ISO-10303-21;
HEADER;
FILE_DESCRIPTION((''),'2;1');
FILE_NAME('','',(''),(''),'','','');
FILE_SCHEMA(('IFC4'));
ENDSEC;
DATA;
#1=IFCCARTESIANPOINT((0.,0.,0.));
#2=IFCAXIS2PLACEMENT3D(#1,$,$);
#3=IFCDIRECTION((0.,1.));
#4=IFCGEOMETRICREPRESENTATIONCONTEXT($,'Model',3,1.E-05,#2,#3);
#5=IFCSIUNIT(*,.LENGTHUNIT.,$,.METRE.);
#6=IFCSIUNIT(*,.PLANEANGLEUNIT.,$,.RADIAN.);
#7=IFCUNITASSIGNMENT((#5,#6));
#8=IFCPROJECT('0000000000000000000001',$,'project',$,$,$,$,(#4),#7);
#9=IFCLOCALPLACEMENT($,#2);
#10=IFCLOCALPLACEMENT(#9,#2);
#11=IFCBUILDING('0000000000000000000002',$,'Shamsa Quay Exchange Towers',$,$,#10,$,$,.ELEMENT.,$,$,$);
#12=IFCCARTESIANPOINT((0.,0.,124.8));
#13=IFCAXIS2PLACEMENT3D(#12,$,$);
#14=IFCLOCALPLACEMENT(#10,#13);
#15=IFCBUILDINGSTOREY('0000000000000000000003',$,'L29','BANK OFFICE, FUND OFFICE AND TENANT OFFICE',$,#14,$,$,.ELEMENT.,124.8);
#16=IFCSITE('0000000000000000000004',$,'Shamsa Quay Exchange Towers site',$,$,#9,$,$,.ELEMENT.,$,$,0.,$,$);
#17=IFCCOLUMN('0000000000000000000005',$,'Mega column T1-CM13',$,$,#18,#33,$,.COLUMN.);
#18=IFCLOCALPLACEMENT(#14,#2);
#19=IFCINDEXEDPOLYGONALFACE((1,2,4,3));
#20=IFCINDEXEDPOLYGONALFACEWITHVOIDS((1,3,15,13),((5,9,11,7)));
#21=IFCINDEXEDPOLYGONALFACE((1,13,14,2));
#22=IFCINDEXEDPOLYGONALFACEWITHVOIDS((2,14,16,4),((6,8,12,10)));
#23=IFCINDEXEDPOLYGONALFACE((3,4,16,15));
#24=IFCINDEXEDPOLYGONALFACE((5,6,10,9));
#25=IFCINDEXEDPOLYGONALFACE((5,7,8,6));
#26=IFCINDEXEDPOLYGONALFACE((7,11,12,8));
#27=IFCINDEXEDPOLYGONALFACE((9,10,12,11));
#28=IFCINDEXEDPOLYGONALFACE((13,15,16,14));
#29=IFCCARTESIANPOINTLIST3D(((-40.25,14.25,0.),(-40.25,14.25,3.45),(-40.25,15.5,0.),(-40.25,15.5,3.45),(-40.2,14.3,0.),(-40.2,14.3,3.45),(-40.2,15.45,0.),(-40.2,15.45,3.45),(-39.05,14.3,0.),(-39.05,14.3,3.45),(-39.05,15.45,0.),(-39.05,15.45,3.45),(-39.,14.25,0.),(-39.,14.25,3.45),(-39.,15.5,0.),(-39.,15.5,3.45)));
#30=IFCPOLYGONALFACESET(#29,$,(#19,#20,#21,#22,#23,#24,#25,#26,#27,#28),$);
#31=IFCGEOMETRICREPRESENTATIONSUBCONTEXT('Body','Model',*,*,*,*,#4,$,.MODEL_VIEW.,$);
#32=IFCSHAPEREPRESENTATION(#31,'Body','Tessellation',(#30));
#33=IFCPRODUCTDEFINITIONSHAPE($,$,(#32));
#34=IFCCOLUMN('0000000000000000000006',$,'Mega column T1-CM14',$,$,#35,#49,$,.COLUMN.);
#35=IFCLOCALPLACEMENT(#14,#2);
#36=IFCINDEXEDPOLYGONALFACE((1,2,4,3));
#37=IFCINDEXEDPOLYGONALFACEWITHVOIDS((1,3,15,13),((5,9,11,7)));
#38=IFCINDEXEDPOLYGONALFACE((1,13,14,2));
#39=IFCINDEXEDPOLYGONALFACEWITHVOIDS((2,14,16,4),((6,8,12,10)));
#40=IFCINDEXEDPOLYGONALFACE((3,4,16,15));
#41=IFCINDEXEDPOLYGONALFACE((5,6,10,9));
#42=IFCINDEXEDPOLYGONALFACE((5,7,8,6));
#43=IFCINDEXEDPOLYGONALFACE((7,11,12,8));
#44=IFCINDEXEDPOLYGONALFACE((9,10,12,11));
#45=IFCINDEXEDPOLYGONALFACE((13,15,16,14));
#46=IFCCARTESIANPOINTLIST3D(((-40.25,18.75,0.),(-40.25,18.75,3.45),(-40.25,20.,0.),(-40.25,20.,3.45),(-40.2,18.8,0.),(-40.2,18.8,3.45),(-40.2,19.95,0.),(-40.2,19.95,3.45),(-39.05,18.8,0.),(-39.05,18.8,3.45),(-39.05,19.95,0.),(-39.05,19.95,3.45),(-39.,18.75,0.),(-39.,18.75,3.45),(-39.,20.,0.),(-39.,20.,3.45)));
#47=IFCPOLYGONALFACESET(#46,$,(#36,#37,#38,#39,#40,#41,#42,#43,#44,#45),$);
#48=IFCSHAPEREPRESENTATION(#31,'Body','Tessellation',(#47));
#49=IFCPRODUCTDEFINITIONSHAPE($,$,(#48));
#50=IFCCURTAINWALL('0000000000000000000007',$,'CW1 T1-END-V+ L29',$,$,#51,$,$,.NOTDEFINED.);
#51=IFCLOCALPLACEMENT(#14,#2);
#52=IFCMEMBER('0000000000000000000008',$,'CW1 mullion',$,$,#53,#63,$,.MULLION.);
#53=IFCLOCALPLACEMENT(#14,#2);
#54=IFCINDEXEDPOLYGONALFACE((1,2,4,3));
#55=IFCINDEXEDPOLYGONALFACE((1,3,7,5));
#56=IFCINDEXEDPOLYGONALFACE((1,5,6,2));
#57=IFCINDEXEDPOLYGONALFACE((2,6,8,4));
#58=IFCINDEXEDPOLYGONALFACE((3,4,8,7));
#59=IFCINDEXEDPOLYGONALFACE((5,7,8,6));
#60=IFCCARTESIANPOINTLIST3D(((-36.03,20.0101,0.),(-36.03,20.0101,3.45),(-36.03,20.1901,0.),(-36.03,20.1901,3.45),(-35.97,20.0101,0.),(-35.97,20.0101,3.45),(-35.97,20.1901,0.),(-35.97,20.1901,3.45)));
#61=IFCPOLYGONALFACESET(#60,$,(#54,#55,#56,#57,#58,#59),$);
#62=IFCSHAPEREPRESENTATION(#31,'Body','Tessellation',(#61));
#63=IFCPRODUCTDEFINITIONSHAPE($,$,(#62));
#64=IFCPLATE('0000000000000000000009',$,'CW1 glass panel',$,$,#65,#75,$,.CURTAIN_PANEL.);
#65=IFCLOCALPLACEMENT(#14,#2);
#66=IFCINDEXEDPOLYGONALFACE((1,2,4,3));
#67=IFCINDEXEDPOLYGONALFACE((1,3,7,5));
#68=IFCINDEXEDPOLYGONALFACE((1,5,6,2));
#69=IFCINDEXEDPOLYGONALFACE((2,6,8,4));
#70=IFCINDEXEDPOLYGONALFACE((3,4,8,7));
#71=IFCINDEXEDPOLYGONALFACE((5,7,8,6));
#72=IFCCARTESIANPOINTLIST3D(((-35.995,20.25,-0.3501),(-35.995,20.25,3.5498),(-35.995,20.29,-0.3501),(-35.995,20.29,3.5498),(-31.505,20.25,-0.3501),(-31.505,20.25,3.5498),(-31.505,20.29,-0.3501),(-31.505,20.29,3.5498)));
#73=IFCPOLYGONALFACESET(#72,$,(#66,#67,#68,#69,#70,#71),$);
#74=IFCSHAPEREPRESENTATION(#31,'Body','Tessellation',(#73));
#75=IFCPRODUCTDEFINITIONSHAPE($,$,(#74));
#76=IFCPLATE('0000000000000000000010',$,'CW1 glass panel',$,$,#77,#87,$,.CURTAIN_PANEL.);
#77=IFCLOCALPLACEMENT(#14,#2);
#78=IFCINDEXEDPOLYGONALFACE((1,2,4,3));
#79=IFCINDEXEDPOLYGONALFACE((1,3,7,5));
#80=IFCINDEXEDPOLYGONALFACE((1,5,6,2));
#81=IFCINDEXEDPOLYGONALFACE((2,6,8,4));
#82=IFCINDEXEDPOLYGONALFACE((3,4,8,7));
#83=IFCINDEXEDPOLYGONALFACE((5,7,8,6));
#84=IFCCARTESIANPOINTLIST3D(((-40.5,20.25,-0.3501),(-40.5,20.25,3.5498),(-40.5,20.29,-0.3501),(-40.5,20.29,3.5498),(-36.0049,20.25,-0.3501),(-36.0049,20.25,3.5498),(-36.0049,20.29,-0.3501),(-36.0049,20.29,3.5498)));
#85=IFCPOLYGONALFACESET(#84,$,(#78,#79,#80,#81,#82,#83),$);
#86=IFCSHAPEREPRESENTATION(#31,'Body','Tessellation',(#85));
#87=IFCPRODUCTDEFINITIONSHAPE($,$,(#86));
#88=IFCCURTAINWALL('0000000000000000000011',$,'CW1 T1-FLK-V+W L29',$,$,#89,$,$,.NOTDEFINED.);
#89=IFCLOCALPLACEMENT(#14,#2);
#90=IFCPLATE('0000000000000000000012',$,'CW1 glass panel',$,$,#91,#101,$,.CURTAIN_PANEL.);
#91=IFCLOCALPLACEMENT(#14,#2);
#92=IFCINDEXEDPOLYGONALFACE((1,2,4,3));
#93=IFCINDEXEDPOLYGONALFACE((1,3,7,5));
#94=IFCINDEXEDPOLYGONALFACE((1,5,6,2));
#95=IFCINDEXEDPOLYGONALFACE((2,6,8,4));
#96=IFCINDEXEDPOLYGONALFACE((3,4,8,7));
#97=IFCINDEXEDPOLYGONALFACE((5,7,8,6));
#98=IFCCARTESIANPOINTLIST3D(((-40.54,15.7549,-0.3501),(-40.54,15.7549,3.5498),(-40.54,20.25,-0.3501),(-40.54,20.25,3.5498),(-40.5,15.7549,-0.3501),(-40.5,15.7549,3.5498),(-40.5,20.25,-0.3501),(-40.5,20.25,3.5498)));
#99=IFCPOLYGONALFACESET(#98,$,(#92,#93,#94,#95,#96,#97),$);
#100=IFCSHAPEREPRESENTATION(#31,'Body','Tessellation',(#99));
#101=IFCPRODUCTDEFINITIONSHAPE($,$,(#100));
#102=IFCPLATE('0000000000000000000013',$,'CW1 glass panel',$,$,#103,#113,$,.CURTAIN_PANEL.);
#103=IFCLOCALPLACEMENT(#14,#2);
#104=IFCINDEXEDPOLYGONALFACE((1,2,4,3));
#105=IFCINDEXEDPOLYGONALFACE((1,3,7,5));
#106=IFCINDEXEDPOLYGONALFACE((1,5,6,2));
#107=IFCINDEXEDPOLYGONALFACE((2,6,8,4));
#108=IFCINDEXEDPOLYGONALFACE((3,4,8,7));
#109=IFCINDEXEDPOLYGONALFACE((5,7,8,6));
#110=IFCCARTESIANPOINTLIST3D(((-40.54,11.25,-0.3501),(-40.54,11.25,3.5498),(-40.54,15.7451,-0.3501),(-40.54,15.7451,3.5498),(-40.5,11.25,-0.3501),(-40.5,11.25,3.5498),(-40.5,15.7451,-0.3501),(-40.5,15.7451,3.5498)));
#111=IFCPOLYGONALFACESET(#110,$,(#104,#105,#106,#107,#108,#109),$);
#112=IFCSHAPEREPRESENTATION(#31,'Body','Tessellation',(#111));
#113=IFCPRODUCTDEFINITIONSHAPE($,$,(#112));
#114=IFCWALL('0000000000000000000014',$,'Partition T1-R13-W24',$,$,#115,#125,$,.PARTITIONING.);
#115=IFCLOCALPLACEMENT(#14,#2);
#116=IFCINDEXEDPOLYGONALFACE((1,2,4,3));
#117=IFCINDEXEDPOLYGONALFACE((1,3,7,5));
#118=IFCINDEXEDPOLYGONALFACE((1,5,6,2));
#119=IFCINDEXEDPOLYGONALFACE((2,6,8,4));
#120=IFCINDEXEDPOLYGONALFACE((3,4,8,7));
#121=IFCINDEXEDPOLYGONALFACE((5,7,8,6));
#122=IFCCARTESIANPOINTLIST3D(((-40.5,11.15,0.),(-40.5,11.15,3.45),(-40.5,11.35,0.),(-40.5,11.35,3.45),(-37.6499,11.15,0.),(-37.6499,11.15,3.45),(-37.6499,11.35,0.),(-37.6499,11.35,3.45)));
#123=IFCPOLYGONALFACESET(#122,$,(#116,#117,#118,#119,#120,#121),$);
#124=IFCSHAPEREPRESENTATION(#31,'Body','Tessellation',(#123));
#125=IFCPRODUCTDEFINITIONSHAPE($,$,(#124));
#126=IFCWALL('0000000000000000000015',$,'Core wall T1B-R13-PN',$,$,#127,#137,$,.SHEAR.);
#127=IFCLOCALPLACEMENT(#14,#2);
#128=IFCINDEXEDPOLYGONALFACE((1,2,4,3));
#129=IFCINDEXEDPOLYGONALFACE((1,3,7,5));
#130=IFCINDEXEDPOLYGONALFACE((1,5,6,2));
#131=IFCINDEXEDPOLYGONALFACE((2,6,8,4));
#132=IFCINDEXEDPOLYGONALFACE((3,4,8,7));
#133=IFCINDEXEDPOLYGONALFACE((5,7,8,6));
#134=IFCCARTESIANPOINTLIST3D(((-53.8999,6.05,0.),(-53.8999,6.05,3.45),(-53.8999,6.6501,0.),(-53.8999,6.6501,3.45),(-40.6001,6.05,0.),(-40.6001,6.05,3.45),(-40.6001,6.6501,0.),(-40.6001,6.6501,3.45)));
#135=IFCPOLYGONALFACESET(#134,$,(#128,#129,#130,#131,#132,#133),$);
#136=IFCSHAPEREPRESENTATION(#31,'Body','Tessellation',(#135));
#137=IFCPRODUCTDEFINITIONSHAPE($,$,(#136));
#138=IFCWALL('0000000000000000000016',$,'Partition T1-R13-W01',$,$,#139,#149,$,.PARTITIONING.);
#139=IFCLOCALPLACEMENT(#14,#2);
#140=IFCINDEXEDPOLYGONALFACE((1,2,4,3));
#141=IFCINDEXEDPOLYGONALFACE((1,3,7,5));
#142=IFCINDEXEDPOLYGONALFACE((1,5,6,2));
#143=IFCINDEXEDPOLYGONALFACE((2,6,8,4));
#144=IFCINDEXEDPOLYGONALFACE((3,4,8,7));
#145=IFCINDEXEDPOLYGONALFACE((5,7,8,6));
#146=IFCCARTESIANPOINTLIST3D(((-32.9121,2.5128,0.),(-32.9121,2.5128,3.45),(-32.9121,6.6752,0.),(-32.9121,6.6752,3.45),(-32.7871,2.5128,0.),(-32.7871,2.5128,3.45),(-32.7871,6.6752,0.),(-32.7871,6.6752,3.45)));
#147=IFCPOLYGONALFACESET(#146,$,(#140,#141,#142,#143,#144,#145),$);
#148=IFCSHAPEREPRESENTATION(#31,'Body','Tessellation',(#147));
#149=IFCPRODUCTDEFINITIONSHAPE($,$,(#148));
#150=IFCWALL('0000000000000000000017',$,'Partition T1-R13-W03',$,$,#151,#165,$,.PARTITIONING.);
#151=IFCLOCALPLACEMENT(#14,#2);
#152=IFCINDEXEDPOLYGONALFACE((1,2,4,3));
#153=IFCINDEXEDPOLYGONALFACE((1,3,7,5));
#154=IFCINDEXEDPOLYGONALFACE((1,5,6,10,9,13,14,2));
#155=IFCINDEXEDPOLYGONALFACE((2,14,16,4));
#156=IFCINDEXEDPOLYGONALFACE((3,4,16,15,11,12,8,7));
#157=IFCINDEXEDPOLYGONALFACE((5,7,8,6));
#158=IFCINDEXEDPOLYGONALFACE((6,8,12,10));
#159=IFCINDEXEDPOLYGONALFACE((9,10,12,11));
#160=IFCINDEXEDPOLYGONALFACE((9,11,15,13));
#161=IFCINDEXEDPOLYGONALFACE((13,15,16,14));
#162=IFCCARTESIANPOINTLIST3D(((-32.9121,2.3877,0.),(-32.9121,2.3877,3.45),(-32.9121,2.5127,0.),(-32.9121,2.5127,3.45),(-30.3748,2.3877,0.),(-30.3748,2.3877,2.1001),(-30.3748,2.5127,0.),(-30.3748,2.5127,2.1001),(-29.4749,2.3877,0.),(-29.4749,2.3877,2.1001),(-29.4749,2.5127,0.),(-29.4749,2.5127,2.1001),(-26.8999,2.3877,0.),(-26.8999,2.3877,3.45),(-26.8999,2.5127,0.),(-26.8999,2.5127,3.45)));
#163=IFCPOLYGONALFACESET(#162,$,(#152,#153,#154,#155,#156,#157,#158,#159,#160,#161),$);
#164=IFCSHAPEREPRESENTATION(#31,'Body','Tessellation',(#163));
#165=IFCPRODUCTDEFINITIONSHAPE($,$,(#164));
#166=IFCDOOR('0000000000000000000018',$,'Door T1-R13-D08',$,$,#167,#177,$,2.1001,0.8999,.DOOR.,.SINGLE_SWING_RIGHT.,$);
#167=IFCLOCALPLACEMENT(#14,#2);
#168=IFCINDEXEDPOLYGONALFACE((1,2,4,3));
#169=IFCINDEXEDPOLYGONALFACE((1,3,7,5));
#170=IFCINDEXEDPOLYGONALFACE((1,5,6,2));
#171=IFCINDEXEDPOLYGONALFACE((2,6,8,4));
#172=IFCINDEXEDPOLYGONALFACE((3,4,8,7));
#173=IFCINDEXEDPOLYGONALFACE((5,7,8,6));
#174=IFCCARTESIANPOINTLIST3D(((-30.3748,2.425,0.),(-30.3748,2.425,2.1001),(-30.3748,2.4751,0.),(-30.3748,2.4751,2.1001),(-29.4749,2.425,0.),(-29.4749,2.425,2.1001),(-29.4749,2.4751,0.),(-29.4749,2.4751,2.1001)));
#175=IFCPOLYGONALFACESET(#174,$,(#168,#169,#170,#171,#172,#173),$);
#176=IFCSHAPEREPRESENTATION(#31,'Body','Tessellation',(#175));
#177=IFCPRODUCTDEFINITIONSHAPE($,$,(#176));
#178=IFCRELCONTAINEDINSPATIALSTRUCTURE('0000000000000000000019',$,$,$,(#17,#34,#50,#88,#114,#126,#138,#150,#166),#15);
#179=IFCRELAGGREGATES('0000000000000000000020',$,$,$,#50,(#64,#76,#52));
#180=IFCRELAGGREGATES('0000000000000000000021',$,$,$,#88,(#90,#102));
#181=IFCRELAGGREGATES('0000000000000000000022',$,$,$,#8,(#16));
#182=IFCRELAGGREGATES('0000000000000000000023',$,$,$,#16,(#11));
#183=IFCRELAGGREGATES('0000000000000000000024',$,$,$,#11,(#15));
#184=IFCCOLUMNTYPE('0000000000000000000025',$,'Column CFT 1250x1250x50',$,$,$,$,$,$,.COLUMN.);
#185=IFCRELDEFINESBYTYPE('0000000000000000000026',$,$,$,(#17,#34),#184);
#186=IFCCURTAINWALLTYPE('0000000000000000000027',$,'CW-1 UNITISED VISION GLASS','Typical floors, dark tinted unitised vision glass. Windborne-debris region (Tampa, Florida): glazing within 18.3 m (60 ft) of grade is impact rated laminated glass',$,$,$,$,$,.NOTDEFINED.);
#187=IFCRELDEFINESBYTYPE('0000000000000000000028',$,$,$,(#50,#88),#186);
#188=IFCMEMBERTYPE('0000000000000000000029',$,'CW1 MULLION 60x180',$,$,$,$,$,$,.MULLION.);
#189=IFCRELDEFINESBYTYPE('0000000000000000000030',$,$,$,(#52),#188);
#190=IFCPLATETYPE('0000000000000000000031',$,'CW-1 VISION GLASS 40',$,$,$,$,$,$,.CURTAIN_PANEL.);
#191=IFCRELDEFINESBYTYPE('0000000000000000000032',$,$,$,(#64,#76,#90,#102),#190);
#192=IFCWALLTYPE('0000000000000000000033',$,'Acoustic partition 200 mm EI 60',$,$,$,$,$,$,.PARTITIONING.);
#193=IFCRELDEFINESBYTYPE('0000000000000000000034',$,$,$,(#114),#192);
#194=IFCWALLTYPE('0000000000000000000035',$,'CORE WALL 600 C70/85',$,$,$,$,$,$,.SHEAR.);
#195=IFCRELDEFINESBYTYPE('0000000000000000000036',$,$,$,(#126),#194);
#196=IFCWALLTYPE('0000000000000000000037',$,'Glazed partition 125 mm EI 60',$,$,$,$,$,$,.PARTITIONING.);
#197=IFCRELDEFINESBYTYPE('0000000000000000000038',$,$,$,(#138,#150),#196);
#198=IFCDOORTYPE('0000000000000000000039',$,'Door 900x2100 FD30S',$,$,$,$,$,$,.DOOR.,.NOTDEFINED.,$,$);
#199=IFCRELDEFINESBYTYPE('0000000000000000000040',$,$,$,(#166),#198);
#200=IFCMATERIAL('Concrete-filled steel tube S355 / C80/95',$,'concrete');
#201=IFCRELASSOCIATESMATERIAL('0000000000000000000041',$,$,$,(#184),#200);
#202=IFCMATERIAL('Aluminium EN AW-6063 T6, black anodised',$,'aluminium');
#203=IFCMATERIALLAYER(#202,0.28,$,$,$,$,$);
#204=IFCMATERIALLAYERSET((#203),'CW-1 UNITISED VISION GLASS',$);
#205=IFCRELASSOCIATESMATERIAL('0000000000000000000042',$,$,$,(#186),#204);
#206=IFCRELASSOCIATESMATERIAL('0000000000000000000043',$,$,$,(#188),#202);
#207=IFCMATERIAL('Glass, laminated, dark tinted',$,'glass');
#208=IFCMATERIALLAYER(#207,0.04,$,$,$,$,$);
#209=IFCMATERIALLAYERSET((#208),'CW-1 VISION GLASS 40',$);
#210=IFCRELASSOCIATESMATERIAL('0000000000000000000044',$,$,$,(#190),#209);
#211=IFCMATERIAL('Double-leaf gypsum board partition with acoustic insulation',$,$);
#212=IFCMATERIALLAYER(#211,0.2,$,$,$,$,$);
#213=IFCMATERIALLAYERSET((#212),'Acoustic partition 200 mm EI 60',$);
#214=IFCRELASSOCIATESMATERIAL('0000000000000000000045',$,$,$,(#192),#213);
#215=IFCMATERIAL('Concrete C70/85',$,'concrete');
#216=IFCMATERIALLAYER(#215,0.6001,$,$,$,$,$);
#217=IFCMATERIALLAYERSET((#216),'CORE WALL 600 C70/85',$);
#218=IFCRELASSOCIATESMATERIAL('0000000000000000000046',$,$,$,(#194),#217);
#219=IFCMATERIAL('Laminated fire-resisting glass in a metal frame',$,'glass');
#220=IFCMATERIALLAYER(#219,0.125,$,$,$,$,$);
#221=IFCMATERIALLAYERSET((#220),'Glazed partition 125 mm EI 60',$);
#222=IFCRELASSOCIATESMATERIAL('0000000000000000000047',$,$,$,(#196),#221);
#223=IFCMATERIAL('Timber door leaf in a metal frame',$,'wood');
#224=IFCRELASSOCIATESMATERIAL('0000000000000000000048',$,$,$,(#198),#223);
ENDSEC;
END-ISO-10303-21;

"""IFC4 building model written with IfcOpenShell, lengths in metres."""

from ifc_helpers import new_model, si_unit, direction, frame, frame_2d, origin, origin_2d, place, context, subcontext, project, spatial, rectangle, hollow_rectangle, extrude, material, layer, layer_set, material_profile, profile_set, type_object, element, fill, aggregate, save


model = new_model("IFC4")

# Units and contexts
model_context = context("Model", 3, precision=1e-05, world=origin(), true_north=direction((0.0, 1.0)))
body_context = subcontext(model_context, "Body", "Model", "MODEL_VIEW")
ifc_project = project(units=[si_unit("LENGTHUNIT", "METRE"), si_unit("PLANEANGLEUNIT", "RADIAN")], contexts=[model_context])

# Site, building, storey
site_placement = place(None, origin())
site = spatial("IfcSite", under=ifc_project, at=site_placement, Name="Shamsa Quay Exchange Towers site", CompositionType="ELEMENT", RefElevation=0.0)
building_placement = place(site_placement, origin())
building = spatial("IfcBuilding", under=site, at=building_placement, Name="Shamsa Quay Exchange Towers", CompositionType="ELEMENT")
storey_placement = place(building_placement, frame((0.0, 0.0, 124.8)))
storey = spatial("IfcBuildingStorey", under=building, at=storey_placement, Name="L29", Description="BANK OFFICE, FUND OFFICE AND TENANT OFFICE", CompositionType="ELEMENT", Elevation=124.8)

# Columns
ifc_material_1 = material(Name="Concrete-filled steel tube S355 / C80/95", Category="concrete")
ifc_material_profile_1 = material_profile(ifc_material_1, hollow_rectangle(XDim=1.25, YDim=1.25, WallThickness=0.05, at=origin_2d()), Name="CFT 1250x1250x50")
ifc_profile_set_1 = profile_set([ifc_material_profile_1], Name="Concrete-filled steel tube S355 / C80/95")
column_type = type_object("IfcColumnType", Name="Column CFT 1250x1250x50", PredefinedType="COLUMN", material=ifc_profile_set_1)
for number, where, name in (
    (1, (-39.625, 14.875, 0.0), "Mega column T1-CM13"),
    (2, (-39.625, 19.375, 0.0), "Mega column T1-CM14"),
):
    element("IfcColumn", number, at=place(storey_placement, frame(where)), inside=storey, type_object=column_type, Name=name, PredefinedType="COLUMN", context=body_context, shape_type="SweptSolid", body=[
        extrude(hollow_rectangle(XDim=1.25, YDim=1.25, WallThickness=0.05, at=origin_2d()), origin(), (0.0, 0.0, 1.0), 3.45),
    ])

# Curtain wall, member, plates
ifc_material_2 = material(Name="Aluminium EN AW-6063 T6, black anodised", Category="aluminium")
ifc_layer_1 = layer(ifc_material_2, 0.28)
ifc_layer_set_1 = layer_set([ifc_layer_1], Name="CW-1 UNITISED VISION GLASS")
curtain_wall_type = type_object("IfcCurtainWallType", Name="CW-1 UNITISED VISION GLASS", Description="Typical floors, dark tinted unitised vision glass. Windborne-debris region (Tampa, Florida): glazing within 18.3 m (60 ft) of grade is impact rated laminated glass", PredefinedType="NOTDEFINED", material=ifc_layer_set_1)
curtain_wall_1_placement = place(storey_placement, origin())
curtain_wall_1 = element("IfcCurtainWall", 3, at=curtain_wall_1_placement, inside=storey, type_object=curtain_wall_type, Name="CW1 T1-END-V+ L29", PredefinedType="NOTDEFINED")
ifc_material_profile_2 = material_profile(ifc_material_2, rectangle(XDim=0.1799, YDim=0.0601, at=origin_2d()), Name="MU60x180")
ifc_profile_set_2 = profile_set([ifc_material_profile_2], Name="Aluminium EN AW-6063 T6, black anodised")
member_type = type_object("IfcMemberType", Name="CW1 MULLION 60x180", PredefinedType="MULLION", material=ifc_profile_set_2)
member_placement = place(storey_placement, frame((-36.0, 20.1001, 0.0), z_axis=(0.0, 0.0, 1.0), x_axis=(0.0, -1.0, 0.0)))
member = element("IfcMember", 4, at=member_placement, type_object=member_type, Name="CW1 mullion", PredefinedType="MULLION", context=body_context, shape_type="SweptSolid", body=[
    extrude(rectangle(XDim=0.1799, YDim=0.0601, at=origin_2d()), origin(), (0.0, 0.0, 1.0), 3.45),
])
ifc_material_3 = material(Name="Glass, laminated, dark tinted", Category="glass")
ifc_layer_2 = layer(ifc_material_3, 0.04)
ifc_layer_set_2 = layer_set([ifc_layer_2], Name="CW-1 VISION GLASS 40")
plate_type = type_object("IfcPlateType", Name="CW-1 VISION GLASS 40", PredefinedType="CURTAIN_PANEL", material=ifc_layer_set_2)
plate_1_placement = place(storey_placement, frame((-33.75, 20.27, -0.3501), z_axis=(0.0, 0.0, 1.0), x_axis=(-1.0, 0.0, 0.0)))
plate_1 = element("IfcPlate", 5, at=plate_1_placement, type_object=plate_type, Name="CW1 glass panel", PredefinedType="CURTAIN_PANEL", context=body_context, shape_type="SweptSolid", body=[
    extrude(rectangle(XDim=4.49, YDim=0.04, at=origin_2d()), origin(), (0.0, 0.0, 1.0), 3.8999),
])
plate_2_placement = place(storey_placement, frame((-38.2524, 20.27, -0.3501), z_axis=(0.0, 0.0, 1.0), x_axis=(-1.0, 0.0, 0.0)))
plate_2 = element("IfcPlate", 6, at=plate_2_placement, type_object=plate_type, Name="CW1 glass panel", PredefinedType="CURTAIN_PANEL", context=body_context, shape_type="SweptSolid", body=[
    extrude(rectangle(XDim=4.4951, YDim=0.04, at=origin_2d()), origin(), (0.0, 0.0, 1.0), 3.8999),
])
aggregate(curtain_wall_1, [plate_1, plate_2, member])

# Curtain wall, plates
curtain_wall_2_placement = place(storey_placement, origin())
curtain_wall_2 = element("IfcCurtainWall", 7, at=curtain_wall_2_placement, inside=storey, type_object=curtain_wall_type, Name="CW1 T1-FLK-V+W L29", PredefinedType="NOTDEFINED")
plate_3_placement = place(storey_placement, frame((-40.52, 18.0024, -0.3501), z_axis=(0.0, 0.0, 1.0), x_axis=(0.0, -1.0, 0.0)))
plate_3 = element("IfcPlate", 8, at=plate_3_placement, type_object=plate_type, Name="CW1 glass panel", PredefinedType="CURTAIN_PANEL", context=body_context, shape_type="SweptSolid", body=[
    extrude(rectangle(XDim=4.4951, YDim=0.04, at=origin_2d()), origin(), (0.0, 0.0, 1.0), 3.8999),
])
plate_4_placement = place(storey_placement, frame((-40.52, 13.4976, -0.3501), z_axis=(0.0, 0.0, 1.0), x_axis=(0.0, -1.0, 0.0)))
plate_4 = element("IfcPlate", 9, at=plate_4_placement, type_object=plate_type, Name="CW1 glass panel", PredefinedType="CURTAIN_PANEL", context=body_context, shape_type="SweptSolid", body=[
    extrude(rectangle(XDim=4.4951, YDim=0.04, at=origin_2d()), origin(), (0.0, 0.0, 1.0), 3.8999),
])
aggregate(curtain_wall_2, [plate_3, plate_4])

# Shared definitions
ifc_material_4 = material(Name="Double-leaf gypsum board partition with acoustic insulation")
ifc_layer_3 = layer(ifc_material_4, 0.2)
ifc_layer_set_3 = layer_set([ifc_layer_3], Name="Acoustic partition 200 mm EI 60")
wall_type_1 = type_object("IfcWallType", Name="Acoustic partition 200 mm EI 60", PredefinedType="PARTITIONING", material=ifc_layer_set_3)
ifc_material_5 = material(Name="Timber door leaf in a metal frame", Category="wood")

# Walls
wall_1_placement = place(storey_placement, frame((-37.6499, 11.25, 0.0), z_axis=(0.0, 0.0, 1.0), x_axis=(-1.0, 0.0, 0.0)))
element("IfcWall", 10, at=wall_1_placement, inside=storey, type_object=wall_type_1, Name="Partition T1-R13-W24", PredefinedType="PARTITIONING", context=body_context, shape_type="SweptSolid", body=[
    extrude(rectangle(XDim=2.8501, YDim=0.2, at=frame_2d((1.425, 0.0))), origin(), (0.0, 0.0, 1.0), 3.45),
])
ifc_material_6 = material(Name="Concrete C70/85", Category="concrete")
ifc_layer_4 = layer(ifc_material_6, 0.6001)
ifc_layer_set_4 = layer_set([ifc_layer_4], Name="CORE WALL 600 C70/85")
wall_type_2 = type_object("IfcWallType", Name="CORE WALL 600 C70/85", PredefinedType="SHEAR", material=ifc_layer_set_4)
wall_2_placement = place(storey_placement, frame((-40.6001, 6.3501, 0.0), z_axis=(0.0, 0.0, 1.0), x_axis=(-1.0, 0.0, 0.0)))
element("IfcWall", 11, at=wall_2_placement, inside=storey, type_object=wall_type_2, Name="Core wall T1B-R13-PN", PredefinedType="SHEAR", context=body_context, shape_type="SweptSolid", body=[
    extrude(rectangle(XDim=13.2998, YDim=0.6001, at=frame_2d((6.6499, 0.0))), origin(), (0.0, 0.0, 1.0), 3.45),
])
ifc_material_7 = material(Name="Laminated fire-resisting glass in a metal frame", Category="glass")
ifc_layer_5 = layer(ifc_material_7, 0.125)
ifc_layer_set_5 = layer_set([ifc_layer_5], Name="Glazed partition 125 mm EI 60")
wall_type_3 = type_object("IfcWallType", Name="Glazed partition 125 mm EI 60", PredefinedType="PARTITIONING", material=ifc_layer_set_5)
wall_3_placement = place(storey_placement, frame((-32.8496, 6.675, 0.0), z_axis=(0.0, 0.0, 1.0), x_axis=(0.0, -1.0, 0.0)))
element("IfcWall", 12, at=wall_3_placement, inside=storey, type_object=wall_type_3, Name="Partition T1-R13-W01", PredefinedType="PARTITIONING", context=body_context, shape_type="SweptSolid", body=[
    extrude(rectangle(XDim=4.1624, YDim=0.125, at=frame_2d((2.0811, 0.0))), origin(), (0.0, 0.0, 1.0), 3.45),
])

# Wall, opening, door
wall_4_placement = place(storey_placement, frame((-32.9121, 2.4502, 0.0)))
wall_4 = element("IfcWall", 13, at=wall_4_placement, inside=storey, type_object=wall_type_3, Name="Partition T1-R13-W03", PredefinedType="PARTITIONING", context=body_context, shape_type="SweptSolid", body=[
    extrude(rectangle(XDim=6.0122, YDim=0.125, at=frame_2d((3.0061, 0.0))), origin(), (0.0, 0.0, 1.0), 3.45),
])
opening_1_placement = place(wall_4_placement, frame((2.5374, 0.0, 0.0)))
opening_1 = element("IfcOpeningElement", 14, at=opening_1_placement, cuts=wall_4, PredefinedType="OPENING", context=body_context, shape_type="SweptSolid", body=[
    extrude(rectangle(XDim=0.8999, YDim=2.1001, at=frame_2d((0.45, 1.05))), frame((0.0, 0.0725, 0.0), z_axis=(0.0, -1.0, 0.0), x_axis=(1.0, 0.0, 0.0)), (0.0, 0.0, 1.0), 0.145),
])
door_type_1 = type_object("IfcDoorType", Name="Door 900x2100 FD30S", OperationType="NOTDEFINED", PredefinedType="DOOR", material=ifc_material_5)
door_1_placement = place(opening_1_placement, origin())
door_1 = element("IfcDoor", 15, at=door_1_placement, inside=storey, type_object=door_type_1, Name="Door T1-R13-D08", OperationType="SINGLE_SWING_RIGHT", OverallHeight=2.1001, OverallWidth=0.8999, PredefinedType="DOOR", context=body_context, shape_type="SweptSolid", body=[
    extrude(rectangle(XDim=0.8999, YDim=2.1001, at=frame_2d((0.45, 1.05))), frame((0.0, 0.0249, 0.0), z_axis=(0.0, -1.0, 0.0), x_axis=(1.0, 0.0, 0.0)), (0.0, 0.0, 1.0), 0.05),
])
fill(opening_1, door_1)

save(model, "model.ifc")
